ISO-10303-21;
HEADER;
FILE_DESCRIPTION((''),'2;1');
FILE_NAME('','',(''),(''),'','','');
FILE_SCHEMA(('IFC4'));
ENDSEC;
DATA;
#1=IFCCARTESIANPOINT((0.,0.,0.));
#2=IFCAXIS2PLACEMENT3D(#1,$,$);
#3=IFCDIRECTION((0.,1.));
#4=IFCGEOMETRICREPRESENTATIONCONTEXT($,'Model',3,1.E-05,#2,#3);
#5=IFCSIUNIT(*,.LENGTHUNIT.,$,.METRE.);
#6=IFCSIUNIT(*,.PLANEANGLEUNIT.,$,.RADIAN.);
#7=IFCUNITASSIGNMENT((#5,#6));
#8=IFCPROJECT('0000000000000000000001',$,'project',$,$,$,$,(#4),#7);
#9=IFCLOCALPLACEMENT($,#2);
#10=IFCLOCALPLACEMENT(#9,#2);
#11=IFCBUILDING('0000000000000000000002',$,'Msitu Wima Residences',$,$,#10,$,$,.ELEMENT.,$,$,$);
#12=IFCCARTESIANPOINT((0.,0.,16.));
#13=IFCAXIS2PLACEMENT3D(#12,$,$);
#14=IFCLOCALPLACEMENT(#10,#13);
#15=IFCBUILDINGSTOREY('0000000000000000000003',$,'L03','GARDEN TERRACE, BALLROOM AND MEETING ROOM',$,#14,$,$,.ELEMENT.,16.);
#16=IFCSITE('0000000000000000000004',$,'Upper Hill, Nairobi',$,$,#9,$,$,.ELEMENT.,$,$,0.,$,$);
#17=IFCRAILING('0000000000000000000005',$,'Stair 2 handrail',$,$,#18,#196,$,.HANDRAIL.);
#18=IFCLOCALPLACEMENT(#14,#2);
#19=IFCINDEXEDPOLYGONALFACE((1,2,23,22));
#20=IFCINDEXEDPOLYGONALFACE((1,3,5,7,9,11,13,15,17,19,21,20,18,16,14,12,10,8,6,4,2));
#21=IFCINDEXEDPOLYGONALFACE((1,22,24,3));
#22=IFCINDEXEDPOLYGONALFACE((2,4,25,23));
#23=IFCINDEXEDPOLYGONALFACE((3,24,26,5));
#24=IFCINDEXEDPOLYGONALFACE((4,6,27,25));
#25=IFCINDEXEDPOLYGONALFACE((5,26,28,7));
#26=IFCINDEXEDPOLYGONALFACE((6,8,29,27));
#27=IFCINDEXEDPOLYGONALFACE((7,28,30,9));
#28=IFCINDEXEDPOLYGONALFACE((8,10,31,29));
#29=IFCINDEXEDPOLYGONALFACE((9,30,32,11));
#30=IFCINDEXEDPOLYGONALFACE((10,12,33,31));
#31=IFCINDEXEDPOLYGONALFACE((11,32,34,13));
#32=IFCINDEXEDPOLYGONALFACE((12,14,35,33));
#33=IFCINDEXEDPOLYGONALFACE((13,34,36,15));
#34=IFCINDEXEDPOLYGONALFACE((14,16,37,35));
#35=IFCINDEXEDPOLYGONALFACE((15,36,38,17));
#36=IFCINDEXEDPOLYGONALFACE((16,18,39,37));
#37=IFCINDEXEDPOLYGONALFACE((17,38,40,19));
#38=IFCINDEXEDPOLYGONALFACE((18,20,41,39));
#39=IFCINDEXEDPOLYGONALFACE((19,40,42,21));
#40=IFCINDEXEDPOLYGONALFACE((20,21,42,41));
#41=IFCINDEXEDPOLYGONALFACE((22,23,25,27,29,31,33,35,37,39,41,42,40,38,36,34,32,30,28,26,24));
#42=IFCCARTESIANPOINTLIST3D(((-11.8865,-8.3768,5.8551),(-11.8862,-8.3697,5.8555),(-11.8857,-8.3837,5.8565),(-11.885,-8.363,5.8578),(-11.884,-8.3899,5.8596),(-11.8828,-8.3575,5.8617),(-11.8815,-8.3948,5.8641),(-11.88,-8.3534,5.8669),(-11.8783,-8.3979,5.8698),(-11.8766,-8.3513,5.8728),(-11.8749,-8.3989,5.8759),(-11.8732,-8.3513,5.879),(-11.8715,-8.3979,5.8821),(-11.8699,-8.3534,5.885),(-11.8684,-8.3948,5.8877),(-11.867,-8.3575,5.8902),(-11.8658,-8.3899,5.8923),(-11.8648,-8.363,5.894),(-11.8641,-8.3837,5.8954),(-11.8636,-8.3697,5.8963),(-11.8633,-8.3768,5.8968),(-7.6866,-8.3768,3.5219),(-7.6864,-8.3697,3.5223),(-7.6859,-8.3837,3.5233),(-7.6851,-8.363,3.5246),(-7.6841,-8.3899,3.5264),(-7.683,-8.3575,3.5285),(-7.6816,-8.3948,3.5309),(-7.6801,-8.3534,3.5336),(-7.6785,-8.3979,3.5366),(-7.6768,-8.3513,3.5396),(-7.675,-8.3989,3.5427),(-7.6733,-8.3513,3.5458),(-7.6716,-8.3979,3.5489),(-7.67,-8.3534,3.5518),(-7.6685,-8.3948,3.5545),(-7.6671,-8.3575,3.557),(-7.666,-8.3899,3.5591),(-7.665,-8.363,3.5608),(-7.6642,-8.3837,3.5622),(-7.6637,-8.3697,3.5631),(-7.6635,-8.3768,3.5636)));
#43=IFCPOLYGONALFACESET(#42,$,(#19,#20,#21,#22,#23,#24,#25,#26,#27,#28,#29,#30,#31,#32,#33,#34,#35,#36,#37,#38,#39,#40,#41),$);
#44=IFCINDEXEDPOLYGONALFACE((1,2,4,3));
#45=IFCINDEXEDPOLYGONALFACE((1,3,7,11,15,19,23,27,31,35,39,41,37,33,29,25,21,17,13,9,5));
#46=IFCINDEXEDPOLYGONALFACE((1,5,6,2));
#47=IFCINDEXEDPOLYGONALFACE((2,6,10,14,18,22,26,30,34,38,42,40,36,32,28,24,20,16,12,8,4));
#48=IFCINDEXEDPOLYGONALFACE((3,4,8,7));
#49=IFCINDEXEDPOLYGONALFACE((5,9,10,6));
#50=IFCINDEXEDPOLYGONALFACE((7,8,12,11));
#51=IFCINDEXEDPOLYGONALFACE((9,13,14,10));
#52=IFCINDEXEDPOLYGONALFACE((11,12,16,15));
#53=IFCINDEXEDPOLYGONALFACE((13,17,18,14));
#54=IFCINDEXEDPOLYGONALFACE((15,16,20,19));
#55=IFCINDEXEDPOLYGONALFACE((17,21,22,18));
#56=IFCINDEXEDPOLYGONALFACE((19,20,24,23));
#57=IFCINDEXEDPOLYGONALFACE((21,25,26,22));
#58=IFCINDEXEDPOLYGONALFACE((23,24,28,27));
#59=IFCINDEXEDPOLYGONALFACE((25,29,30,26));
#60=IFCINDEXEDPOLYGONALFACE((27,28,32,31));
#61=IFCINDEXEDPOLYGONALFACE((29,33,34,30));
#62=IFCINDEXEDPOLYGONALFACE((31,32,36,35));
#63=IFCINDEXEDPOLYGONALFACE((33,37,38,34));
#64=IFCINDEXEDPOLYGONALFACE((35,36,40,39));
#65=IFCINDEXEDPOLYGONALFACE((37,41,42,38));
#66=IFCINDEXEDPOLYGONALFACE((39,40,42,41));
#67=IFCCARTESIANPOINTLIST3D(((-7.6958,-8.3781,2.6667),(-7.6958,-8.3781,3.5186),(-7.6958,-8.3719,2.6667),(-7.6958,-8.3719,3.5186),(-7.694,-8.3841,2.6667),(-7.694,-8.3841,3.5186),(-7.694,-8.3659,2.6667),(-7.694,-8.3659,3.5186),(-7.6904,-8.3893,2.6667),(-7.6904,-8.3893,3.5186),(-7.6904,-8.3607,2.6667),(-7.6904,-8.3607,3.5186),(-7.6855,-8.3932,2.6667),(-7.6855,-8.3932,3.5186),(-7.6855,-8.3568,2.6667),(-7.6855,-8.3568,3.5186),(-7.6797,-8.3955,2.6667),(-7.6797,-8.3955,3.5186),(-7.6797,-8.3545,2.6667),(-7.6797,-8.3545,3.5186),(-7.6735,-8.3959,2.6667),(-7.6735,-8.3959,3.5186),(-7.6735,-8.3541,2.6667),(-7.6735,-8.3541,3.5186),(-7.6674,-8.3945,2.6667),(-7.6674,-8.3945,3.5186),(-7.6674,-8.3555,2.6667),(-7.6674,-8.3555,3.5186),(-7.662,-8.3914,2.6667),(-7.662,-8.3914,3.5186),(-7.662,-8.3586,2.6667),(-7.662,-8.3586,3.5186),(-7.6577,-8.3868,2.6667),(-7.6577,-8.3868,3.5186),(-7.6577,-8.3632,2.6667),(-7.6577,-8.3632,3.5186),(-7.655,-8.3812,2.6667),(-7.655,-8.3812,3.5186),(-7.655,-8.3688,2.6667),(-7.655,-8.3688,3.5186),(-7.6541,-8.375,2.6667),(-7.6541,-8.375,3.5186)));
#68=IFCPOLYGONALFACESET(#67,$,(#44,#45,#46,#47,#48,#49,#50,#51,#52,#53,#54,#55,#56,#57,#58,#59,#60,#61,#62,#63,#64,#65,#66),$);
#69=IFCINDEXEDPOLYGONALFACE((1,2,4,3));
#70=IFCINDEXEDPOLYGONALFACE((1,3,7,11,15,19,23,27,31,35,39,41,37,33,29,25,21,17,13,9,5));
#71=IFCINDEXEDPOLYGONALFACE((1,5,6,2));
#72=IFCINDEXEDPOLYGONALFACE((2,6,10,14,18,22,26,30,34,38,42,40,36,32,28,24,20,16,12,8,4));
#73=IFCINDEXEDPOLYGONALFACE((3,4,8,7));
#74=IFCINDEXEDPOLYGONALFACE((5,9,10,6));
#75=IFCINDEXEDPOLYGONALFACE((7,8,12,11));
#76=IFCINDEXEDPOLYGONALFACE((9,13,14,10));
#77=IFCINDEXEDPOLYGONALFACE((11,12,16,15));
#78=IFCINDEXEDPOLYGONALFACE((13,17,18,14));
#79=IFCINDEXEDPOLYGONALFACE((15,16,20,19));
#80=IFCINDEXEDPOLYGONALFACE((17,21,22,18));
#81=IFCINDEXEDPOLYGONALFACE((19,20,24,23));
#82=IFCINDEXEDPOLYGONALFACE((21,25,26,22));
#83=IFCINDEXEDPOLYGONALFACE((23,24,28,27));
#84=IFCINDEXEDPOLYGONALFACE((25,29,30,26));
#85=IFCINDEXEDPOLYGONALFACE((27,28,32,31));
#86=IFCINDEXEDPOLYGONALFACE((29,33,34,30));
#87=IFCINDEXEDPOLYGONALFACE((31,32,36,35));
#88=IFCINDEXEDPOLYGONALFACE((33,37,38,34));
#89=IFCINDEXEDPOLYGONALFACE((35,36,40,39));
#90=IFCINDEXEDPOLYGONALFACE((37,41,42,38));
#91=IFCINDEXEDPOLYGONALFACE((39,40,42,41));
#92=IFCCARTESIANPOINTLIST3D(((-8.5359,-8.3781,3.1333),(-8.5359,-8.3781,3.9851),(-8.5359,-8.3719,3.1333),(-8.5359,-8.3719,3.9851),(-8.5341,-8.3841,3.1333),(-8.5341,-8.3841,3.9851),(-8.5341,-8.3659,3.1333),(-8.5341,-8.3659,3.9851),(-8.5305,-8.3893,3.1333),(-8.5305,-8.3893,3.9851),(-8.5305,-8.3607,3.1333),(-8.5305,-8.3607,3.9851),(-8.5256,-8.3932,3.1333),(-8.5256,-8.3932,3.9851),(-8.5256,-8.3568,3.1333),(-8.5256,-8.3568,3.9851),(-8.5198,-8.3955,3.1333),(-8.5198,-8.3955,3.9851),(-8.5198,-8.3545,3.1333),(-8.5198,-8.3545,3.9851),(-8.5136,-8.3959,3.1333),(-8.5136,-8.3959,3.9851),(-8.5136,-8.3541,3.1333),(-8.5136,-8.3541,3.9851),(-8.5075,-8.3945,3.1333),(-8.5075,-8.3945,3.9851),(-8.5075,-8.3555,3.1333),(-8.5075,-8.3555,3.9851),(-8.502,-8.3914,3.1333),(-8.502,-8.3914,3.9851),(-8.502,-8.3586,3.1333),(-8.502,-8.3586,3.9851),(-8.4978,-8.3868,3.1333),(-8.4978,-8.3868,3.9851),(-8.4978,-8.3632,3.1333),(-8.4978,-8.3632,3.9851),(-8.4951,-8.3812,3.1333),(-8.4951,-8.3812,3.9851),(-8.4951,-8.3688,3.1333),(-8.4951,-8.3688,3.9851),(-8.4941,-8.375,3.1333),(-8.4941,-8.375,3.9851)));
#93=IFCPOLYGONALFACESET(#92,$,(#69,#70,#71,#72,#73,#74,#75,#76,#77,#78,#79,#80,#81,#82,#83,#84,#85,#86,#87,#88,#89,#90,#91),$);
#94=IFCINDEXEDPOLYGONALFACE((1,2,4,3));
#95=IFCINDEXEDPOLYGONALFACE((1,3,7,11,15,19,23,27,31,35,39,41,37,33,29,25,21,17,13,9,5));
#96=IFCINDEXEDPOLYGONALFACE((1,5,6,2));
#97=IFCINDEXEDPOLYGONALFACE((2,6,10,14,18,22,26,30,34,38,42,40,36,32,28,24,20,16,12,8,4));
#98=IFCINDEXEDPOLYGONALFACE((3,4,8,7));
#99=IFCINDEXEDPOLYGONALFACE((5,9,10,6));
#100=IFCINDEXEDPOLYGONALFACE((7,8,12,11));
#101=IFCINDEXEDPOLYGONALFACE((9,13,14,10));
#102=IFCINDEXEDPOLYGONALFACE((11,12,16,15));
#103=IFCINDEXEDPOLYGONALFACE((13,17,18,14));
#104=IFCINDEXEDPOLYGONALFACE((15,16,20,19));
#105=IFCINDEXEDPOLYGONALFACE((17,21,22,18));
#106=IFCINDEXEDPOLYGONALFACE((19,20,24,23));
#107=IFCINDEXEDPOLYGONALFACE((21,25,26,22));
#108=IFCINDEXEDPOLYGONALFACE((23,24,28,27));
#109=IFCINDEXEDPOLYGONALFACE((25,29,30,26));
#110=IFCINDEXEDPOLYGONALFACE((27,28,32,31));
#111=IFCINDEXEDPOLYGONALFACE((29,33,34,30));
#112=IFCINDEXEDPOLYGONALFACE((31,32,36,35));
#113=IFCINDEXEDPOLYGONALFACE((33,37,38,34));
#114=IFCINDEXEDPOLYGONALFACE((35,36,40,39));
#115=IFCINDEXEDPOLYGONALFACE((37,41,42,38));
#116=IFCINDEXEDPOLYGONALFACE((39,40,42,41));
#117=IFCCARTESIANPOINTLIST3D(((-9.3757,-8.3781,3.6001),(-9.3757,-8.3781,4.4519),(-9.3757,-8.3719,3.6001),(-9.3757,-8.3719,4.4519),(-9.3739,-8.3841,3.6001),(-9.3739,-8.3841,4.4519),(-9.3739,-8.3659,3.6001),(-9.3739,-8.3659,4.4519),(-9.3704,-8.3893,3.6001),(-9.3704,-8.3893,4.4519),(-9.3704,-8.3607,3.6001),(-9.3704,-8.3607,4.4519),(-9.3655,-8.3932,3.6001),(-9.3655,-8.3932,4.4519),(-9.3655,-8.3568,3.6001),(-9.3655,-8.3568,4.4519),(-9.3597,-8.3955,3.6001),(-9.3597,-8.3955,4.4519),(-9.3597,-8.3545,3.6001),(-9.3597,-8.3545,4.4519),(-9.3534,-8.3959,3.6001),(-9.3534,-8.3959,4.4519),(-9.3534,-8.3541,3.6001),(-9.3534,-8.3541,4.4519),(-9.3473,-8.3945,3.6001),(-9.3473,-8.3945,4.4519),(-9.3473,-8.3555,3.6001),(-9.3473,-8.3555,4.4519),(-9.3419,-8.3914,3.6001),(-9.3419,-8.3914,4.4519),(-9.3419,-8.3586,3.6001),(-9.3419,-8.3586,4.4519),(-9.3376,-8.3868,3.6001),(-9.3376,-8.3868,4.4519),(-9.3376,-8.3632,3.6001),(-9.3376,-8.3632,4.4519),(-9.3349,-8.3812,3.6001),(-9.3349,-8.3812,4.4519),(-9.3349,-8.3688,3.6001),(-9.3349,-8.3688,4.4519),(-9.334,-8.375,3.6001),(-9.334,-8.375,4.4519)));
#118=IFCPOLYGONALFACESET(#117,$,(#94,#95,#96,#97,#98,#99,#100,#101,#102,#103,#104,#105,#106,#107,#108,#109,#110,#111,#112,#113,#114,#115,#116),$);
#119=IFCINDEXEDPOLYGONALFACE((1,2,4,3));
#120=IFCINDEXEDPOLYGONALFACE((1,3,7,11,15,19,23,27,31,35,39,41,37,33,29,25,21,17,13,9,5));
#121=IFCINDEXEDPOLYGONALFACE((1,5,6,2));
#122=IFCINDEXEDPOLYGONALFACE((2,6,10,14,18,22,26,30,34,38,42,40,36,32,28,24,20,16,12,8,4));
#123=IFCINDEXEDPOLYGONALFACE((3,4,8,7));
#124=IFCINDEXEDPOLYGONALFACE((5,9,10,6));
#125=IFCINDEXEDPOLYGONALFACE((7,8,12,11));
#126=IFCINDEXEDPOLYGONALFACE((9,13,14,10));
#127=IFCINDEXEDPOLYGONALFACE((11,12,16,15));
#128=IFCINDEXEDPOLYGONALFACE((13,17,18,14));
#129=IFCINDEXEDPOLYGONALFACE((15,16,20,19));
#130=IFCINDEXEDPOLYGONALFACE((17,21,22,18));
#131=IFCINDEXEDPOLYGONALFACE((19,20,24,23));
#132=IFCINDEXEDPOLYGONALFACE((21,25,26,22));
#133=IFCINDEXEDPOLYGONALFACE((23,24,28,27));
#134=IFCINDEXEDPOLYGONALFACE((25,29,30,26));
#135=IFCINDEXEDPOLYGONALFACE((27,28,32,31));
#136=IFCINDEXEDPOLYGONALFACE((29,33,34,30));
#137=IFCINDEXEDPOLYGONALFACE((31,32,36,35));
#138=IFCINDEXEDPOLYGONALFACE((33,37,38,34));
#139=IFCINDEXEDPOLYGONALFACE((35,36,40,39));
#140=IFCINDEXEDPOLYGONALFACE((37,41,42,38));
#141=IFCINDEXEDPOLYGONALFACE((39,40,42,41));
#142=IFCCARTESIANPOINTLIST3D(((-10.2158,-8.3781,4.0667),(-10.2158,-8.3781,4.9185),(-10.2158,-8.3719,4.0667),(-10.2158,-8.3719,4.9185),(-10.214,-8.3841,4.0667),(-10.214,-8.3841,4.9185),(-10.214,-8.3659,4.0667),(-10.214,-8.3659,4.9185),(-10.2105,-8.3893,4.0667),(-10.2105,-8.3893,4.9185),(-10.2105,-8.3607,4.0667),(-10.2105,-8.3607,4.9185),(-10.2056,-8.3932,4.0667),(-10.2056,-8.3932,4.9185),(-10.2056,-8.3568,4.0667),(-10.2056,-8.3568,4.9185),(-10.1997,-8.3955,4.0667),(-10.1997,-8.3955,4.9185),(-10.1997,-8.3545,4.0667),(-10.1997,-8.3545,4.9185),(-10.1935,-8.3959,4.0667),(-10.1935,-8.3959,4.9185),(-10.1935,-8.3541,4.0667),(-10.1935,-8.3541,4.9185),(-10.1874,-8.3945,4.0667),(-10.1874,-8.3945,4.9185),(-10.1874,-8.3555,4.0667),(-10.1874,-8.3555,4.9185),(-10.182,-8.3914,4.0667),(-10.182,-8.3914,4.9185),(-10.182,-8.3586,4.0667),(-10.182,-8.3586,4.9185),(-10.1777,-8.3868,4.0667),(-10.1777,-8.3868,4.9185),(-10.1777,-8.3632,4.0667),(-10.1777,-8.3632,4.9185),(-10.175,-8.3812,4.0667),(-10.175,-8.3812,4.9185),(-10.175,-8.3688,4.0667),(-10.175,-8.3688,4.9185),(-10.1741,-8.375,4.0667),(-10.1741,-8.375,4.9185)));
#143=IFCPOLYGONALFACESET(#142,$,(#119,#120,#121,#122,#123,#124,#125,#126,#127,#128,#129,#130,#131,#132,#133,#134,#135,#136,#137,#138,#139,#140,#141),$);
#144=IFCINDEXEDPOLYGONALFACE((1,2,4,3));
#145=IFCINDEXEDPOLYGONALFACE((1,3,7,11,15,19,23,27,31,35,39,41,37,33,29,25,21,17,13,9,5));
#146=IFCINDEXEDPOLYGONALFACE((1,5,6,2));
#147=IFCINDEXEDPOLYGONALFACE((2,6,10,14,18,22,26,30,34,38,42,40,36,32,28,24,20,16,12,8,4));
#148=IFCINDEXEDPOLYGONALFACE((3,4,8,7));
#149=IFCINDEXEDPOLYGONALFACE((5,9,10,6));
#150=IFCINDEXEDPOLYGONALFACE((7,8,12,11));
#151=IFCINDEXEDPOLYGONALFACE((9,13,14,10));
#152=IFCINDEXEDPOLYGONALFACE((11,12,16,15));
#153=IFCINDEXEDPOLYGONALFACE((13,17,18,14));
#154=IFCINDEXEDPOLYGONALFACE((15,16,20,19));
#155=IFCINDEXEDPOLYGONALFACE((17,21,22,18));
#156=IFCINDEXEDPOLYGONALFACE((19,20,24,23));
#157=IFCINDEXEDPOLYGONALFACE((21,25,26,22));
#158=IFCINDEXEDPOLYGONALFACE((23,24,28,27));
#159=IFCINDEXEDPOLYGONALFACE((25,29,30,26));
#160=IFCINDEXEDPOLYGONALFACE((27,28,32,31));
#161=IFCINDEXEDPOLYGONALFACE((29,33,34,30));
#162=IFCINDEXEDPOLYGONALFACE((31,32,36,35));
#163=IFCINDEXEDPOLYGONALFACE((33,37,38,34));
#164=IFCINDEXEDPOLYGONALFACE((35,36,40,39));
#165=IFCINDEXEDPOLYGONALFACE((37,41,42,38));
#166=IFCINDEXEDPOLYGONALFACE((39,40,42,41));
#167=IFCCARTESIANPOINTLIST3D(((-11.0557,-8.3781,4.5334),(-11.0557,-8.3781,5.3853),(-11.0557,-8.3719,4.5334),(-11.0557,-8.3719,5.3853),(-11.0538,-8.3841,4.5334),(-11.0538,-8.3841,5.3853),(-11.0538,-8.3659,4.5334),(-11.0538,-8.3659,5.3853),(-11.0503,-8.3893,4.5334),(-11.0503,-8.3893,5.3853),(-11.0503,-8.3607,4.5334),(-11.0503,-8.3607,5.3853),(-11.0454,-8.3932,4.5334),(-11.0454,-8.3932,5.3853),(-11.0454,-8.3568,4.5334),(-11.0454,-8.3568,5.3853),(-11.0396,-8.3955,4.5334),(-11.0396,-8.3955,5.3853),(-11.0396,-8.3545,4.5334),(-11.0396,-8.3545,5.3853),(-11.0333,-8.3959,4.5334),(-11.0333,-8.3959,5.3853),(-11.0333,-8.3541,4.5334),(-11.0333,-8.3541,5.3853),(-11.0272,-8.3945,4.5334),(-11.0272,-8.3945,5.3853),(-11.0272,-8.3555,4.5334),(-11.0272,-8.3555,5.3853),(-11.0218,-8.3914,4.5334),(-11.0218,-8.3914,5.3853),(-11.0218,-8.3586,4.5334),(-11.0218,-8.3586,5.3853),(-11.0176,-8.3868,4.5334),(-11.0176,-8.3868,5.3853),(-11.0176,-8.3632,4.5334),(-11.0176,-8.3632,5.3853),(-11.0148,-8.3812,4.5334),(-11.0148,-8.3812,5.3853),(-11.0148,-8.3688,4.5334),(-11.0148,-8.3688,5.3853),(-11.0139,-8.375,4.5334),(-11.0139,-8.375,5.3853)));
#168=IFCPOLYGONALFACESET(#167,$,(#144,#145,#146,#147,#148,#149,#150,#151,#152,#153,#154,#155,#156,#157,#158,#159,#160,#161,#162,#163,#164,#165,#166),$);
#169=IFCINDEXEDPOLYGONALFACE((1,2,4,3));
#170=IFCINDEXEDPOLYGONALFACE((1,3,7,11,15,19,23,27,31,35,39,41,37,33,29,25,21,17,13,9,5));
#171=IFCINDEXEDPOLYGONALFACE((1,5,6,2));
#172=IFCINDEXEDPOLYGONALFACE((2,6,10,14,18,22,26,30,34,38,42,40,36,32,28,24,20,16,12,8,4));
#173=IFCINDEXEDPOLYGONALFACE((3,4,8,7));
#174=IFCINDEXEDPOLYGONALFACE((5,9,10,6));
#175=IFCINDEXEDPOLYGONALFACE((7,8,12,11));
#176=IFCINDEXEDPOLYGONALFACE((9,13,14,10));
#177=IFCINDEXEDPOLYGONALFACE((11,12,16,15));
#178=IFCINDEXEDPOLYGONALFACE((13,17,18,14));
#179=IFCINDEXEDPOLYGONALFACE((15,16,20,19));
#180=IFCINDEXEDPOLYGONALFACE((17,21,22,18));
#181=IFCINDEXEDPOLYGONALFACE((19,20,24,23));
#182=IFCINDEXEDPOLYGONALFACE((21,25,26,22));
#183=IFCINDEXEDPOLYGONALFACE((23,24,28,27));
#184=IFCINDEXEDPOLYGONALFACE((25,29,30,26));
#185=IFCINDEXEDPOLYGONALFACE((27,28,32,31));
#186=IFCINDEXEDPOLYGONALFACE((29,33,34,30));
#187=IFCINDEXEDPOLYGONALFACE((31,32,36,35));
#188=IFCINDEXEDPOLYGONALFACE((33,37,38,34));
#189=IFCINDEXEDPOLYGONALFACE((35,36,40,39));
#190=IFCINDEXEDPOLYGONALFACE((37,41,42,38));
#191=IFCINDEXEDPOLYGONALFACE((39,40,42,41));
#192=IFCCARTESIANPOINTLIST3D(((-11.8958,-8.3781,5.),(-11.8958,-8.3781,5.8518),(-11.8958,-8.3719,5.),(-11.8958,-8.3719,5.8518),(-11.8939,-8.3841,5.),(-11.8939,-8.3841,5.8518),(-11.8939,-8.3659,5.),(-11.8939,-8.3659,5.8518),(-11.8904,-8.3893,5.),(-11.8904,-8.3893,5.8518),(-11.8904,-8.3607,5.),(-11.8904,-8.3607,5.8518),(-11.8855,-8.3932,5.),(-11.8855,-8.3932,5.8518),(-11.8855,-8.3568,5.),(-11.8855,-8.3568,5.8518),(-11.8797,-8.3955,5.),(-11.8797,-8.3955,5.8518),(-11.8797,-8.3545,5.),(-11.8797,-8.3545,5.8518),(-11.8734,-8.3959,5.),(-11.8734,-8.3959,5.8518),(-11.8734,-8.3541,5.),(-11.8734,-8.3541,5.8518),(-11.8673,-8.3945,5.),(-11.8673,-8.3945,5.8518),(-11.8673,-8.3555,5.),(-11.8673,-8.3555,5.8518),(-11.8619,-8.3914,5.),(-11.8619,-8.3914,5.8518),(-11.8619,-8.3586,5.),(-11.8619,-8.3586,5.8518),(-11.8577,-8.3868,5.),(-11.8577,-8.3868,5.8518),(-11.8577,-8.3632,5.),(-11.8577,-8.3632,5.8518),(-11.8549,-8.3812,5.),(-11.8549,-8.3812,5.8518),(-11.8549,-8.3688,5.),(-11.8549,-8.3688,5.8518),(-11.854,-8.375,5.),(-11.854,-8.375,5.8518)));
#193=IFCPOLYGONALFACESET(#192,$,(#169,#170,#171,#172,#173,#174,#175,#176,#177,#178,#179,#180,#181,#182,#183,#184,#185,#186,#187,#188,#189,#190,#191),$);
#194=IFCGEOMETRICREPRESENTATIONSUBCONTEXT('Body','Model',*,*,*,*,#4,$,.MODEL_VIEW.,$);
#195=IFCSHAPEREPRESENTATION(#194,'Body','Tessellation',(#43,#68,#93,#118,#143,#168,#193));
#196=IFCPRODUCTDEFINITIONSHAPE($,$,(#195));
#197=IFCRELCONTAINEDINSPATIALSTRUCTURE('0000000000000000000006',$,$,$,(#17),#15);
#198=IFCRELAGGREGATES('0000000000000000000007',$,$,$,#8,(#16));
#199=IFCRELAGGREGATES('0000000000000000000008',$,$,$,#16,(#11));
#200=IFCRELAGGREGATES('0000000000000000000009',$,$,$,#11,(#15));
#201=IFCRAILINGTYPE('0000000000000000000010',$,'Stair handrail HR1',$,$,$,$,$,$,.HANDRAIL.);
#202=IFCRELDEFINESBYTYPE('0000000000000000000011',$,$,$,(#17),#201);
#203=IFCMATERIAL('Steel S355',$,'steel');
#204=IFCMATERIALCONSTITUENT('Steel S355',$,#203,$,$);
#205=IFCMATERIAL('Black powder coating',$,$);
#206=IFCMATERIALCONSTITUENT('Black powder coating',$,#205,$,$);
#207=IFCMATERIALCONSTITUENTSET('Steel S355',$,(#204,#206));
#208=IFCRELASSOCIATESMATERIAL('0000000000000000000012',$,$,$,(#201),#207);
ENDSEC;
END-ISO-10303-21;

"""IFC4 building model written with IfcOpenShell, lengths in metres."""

from ifc_helpers import new_model, si_unit, direction, frame, origin, origin_2d, place, context, subcontext, project, spatial, circle, extrude, material, constituent, constituent_set, type_object, element, save


model = new_model("IFC4")

# Units and contexts
model_context = context("Model", 3, precision=1e-05, world=origin(), true_north=direction((0.0, 1.0)))
body_context = subcontext(model_context, "Body", "Model", "MODEL_VIEW")
ifc_project = project(units=[si_unit("LENGTHUNIT", "METRE"), si_unit("PLANEANGLEUNIT", "RADIAN")], contexts=[model_context])

# Site, building, storey
site_placement = place(None, origin())
site = spatial("IfcSite", under=ifc_project, at=site_placement, Name="Upper Hill, Nairobi", CompositionType="ELEMENT", RefElevation=0.0)
building_placement = place(site_placement, origin())
building = spatial("IfcBuilding", under=site, at=building_placement, Name="Msitu Wima Residences", CompositionType="ELEMENT")
storey_placement = place(building_placement, frame((0.0, 0.0, 16.0)))
storey = spatial("IfcBuildingStorey", under=building, at=storey_placement, Name="L03", Description="GARDEN TERRACE, BALLROOM AND MEETING ROOM", CompositionType="ELEMENT", Elevation=16.0)

# Railing
ifc_material_1 = material(Name="Steel S355", Category="steel")
ifc_constituent_1 = constituent(ifc_material_1, Name="Steel S355")
ifc_material_2 = material(Name="Black powder coating")
ifc_constituent_2 = constituent(ifc_material_2, Name="Black powder coating")
ifc_constituent_set = constituent_set(constituents=[ifc_constituent_1, ifc_constituent_2], Name="Steel S355")
railing_type = type_object("IfcRailingType", Name="Stair handrail HR1", PredefinedType="HANDRAIL", material=ifc_constituent_set)
for number, where, name in (
    (1, (-7.675, -8.375, 2.6667), "Stair 2 handrail"),
):
    element("IfcRailing", number, at=place(storey_placement, frame(where)), inside=storey, type_object=railing_type, Name=name, PredefinedType="HANDRAIL", context=body_context, shape_type="SweptSolid", body=[
        extrude(circle(Radius=0.0239, at=origin_2d()), frame((0.0, 0.0, 0.876), z_axis=(-0.874162, 0.0, 0.485634), x_axis=(0.0, -1.0, 0.0)), (0.0, 0.0, 1.0), 4.8044),
        extrude(circle(Radius=0.021, at=origin_2d()), origin(), (0.0, 0.0, 1.0), 0.8518),
        extrude(circle(Radius=0.021, at=origin_2d()), frame((-0.8401, 0.0, 0.4666)), (0.0, 0.0, 1.0), 0.8518),
        extrude(circle(Radius=0.021, at=origin_2d()), frame((-1.6799, 0.0, 0.9333)), (0.0, 0.0, 1.0), 0.8518),
        extrude(circle(Radius=0.021, at=origin_2d()), frame((-2.52, 0.0, 1.3999)), (0.0, 0.0, 1.0), 0.8518),
        extrude(circle(Radius=0.021, at=origin_2d()), frame((-3.3599, 0.0, 1.8667)), (0.0, 0.0, 1.0), 0.8518),
        extrude(circle(Radius=0.021, at=origin_2d()), frame((-4.2, 0.0, 2.3333)), (0.0, 0.0, 1.0), 0.8518),
    ])

save(model, "model.ifc")
